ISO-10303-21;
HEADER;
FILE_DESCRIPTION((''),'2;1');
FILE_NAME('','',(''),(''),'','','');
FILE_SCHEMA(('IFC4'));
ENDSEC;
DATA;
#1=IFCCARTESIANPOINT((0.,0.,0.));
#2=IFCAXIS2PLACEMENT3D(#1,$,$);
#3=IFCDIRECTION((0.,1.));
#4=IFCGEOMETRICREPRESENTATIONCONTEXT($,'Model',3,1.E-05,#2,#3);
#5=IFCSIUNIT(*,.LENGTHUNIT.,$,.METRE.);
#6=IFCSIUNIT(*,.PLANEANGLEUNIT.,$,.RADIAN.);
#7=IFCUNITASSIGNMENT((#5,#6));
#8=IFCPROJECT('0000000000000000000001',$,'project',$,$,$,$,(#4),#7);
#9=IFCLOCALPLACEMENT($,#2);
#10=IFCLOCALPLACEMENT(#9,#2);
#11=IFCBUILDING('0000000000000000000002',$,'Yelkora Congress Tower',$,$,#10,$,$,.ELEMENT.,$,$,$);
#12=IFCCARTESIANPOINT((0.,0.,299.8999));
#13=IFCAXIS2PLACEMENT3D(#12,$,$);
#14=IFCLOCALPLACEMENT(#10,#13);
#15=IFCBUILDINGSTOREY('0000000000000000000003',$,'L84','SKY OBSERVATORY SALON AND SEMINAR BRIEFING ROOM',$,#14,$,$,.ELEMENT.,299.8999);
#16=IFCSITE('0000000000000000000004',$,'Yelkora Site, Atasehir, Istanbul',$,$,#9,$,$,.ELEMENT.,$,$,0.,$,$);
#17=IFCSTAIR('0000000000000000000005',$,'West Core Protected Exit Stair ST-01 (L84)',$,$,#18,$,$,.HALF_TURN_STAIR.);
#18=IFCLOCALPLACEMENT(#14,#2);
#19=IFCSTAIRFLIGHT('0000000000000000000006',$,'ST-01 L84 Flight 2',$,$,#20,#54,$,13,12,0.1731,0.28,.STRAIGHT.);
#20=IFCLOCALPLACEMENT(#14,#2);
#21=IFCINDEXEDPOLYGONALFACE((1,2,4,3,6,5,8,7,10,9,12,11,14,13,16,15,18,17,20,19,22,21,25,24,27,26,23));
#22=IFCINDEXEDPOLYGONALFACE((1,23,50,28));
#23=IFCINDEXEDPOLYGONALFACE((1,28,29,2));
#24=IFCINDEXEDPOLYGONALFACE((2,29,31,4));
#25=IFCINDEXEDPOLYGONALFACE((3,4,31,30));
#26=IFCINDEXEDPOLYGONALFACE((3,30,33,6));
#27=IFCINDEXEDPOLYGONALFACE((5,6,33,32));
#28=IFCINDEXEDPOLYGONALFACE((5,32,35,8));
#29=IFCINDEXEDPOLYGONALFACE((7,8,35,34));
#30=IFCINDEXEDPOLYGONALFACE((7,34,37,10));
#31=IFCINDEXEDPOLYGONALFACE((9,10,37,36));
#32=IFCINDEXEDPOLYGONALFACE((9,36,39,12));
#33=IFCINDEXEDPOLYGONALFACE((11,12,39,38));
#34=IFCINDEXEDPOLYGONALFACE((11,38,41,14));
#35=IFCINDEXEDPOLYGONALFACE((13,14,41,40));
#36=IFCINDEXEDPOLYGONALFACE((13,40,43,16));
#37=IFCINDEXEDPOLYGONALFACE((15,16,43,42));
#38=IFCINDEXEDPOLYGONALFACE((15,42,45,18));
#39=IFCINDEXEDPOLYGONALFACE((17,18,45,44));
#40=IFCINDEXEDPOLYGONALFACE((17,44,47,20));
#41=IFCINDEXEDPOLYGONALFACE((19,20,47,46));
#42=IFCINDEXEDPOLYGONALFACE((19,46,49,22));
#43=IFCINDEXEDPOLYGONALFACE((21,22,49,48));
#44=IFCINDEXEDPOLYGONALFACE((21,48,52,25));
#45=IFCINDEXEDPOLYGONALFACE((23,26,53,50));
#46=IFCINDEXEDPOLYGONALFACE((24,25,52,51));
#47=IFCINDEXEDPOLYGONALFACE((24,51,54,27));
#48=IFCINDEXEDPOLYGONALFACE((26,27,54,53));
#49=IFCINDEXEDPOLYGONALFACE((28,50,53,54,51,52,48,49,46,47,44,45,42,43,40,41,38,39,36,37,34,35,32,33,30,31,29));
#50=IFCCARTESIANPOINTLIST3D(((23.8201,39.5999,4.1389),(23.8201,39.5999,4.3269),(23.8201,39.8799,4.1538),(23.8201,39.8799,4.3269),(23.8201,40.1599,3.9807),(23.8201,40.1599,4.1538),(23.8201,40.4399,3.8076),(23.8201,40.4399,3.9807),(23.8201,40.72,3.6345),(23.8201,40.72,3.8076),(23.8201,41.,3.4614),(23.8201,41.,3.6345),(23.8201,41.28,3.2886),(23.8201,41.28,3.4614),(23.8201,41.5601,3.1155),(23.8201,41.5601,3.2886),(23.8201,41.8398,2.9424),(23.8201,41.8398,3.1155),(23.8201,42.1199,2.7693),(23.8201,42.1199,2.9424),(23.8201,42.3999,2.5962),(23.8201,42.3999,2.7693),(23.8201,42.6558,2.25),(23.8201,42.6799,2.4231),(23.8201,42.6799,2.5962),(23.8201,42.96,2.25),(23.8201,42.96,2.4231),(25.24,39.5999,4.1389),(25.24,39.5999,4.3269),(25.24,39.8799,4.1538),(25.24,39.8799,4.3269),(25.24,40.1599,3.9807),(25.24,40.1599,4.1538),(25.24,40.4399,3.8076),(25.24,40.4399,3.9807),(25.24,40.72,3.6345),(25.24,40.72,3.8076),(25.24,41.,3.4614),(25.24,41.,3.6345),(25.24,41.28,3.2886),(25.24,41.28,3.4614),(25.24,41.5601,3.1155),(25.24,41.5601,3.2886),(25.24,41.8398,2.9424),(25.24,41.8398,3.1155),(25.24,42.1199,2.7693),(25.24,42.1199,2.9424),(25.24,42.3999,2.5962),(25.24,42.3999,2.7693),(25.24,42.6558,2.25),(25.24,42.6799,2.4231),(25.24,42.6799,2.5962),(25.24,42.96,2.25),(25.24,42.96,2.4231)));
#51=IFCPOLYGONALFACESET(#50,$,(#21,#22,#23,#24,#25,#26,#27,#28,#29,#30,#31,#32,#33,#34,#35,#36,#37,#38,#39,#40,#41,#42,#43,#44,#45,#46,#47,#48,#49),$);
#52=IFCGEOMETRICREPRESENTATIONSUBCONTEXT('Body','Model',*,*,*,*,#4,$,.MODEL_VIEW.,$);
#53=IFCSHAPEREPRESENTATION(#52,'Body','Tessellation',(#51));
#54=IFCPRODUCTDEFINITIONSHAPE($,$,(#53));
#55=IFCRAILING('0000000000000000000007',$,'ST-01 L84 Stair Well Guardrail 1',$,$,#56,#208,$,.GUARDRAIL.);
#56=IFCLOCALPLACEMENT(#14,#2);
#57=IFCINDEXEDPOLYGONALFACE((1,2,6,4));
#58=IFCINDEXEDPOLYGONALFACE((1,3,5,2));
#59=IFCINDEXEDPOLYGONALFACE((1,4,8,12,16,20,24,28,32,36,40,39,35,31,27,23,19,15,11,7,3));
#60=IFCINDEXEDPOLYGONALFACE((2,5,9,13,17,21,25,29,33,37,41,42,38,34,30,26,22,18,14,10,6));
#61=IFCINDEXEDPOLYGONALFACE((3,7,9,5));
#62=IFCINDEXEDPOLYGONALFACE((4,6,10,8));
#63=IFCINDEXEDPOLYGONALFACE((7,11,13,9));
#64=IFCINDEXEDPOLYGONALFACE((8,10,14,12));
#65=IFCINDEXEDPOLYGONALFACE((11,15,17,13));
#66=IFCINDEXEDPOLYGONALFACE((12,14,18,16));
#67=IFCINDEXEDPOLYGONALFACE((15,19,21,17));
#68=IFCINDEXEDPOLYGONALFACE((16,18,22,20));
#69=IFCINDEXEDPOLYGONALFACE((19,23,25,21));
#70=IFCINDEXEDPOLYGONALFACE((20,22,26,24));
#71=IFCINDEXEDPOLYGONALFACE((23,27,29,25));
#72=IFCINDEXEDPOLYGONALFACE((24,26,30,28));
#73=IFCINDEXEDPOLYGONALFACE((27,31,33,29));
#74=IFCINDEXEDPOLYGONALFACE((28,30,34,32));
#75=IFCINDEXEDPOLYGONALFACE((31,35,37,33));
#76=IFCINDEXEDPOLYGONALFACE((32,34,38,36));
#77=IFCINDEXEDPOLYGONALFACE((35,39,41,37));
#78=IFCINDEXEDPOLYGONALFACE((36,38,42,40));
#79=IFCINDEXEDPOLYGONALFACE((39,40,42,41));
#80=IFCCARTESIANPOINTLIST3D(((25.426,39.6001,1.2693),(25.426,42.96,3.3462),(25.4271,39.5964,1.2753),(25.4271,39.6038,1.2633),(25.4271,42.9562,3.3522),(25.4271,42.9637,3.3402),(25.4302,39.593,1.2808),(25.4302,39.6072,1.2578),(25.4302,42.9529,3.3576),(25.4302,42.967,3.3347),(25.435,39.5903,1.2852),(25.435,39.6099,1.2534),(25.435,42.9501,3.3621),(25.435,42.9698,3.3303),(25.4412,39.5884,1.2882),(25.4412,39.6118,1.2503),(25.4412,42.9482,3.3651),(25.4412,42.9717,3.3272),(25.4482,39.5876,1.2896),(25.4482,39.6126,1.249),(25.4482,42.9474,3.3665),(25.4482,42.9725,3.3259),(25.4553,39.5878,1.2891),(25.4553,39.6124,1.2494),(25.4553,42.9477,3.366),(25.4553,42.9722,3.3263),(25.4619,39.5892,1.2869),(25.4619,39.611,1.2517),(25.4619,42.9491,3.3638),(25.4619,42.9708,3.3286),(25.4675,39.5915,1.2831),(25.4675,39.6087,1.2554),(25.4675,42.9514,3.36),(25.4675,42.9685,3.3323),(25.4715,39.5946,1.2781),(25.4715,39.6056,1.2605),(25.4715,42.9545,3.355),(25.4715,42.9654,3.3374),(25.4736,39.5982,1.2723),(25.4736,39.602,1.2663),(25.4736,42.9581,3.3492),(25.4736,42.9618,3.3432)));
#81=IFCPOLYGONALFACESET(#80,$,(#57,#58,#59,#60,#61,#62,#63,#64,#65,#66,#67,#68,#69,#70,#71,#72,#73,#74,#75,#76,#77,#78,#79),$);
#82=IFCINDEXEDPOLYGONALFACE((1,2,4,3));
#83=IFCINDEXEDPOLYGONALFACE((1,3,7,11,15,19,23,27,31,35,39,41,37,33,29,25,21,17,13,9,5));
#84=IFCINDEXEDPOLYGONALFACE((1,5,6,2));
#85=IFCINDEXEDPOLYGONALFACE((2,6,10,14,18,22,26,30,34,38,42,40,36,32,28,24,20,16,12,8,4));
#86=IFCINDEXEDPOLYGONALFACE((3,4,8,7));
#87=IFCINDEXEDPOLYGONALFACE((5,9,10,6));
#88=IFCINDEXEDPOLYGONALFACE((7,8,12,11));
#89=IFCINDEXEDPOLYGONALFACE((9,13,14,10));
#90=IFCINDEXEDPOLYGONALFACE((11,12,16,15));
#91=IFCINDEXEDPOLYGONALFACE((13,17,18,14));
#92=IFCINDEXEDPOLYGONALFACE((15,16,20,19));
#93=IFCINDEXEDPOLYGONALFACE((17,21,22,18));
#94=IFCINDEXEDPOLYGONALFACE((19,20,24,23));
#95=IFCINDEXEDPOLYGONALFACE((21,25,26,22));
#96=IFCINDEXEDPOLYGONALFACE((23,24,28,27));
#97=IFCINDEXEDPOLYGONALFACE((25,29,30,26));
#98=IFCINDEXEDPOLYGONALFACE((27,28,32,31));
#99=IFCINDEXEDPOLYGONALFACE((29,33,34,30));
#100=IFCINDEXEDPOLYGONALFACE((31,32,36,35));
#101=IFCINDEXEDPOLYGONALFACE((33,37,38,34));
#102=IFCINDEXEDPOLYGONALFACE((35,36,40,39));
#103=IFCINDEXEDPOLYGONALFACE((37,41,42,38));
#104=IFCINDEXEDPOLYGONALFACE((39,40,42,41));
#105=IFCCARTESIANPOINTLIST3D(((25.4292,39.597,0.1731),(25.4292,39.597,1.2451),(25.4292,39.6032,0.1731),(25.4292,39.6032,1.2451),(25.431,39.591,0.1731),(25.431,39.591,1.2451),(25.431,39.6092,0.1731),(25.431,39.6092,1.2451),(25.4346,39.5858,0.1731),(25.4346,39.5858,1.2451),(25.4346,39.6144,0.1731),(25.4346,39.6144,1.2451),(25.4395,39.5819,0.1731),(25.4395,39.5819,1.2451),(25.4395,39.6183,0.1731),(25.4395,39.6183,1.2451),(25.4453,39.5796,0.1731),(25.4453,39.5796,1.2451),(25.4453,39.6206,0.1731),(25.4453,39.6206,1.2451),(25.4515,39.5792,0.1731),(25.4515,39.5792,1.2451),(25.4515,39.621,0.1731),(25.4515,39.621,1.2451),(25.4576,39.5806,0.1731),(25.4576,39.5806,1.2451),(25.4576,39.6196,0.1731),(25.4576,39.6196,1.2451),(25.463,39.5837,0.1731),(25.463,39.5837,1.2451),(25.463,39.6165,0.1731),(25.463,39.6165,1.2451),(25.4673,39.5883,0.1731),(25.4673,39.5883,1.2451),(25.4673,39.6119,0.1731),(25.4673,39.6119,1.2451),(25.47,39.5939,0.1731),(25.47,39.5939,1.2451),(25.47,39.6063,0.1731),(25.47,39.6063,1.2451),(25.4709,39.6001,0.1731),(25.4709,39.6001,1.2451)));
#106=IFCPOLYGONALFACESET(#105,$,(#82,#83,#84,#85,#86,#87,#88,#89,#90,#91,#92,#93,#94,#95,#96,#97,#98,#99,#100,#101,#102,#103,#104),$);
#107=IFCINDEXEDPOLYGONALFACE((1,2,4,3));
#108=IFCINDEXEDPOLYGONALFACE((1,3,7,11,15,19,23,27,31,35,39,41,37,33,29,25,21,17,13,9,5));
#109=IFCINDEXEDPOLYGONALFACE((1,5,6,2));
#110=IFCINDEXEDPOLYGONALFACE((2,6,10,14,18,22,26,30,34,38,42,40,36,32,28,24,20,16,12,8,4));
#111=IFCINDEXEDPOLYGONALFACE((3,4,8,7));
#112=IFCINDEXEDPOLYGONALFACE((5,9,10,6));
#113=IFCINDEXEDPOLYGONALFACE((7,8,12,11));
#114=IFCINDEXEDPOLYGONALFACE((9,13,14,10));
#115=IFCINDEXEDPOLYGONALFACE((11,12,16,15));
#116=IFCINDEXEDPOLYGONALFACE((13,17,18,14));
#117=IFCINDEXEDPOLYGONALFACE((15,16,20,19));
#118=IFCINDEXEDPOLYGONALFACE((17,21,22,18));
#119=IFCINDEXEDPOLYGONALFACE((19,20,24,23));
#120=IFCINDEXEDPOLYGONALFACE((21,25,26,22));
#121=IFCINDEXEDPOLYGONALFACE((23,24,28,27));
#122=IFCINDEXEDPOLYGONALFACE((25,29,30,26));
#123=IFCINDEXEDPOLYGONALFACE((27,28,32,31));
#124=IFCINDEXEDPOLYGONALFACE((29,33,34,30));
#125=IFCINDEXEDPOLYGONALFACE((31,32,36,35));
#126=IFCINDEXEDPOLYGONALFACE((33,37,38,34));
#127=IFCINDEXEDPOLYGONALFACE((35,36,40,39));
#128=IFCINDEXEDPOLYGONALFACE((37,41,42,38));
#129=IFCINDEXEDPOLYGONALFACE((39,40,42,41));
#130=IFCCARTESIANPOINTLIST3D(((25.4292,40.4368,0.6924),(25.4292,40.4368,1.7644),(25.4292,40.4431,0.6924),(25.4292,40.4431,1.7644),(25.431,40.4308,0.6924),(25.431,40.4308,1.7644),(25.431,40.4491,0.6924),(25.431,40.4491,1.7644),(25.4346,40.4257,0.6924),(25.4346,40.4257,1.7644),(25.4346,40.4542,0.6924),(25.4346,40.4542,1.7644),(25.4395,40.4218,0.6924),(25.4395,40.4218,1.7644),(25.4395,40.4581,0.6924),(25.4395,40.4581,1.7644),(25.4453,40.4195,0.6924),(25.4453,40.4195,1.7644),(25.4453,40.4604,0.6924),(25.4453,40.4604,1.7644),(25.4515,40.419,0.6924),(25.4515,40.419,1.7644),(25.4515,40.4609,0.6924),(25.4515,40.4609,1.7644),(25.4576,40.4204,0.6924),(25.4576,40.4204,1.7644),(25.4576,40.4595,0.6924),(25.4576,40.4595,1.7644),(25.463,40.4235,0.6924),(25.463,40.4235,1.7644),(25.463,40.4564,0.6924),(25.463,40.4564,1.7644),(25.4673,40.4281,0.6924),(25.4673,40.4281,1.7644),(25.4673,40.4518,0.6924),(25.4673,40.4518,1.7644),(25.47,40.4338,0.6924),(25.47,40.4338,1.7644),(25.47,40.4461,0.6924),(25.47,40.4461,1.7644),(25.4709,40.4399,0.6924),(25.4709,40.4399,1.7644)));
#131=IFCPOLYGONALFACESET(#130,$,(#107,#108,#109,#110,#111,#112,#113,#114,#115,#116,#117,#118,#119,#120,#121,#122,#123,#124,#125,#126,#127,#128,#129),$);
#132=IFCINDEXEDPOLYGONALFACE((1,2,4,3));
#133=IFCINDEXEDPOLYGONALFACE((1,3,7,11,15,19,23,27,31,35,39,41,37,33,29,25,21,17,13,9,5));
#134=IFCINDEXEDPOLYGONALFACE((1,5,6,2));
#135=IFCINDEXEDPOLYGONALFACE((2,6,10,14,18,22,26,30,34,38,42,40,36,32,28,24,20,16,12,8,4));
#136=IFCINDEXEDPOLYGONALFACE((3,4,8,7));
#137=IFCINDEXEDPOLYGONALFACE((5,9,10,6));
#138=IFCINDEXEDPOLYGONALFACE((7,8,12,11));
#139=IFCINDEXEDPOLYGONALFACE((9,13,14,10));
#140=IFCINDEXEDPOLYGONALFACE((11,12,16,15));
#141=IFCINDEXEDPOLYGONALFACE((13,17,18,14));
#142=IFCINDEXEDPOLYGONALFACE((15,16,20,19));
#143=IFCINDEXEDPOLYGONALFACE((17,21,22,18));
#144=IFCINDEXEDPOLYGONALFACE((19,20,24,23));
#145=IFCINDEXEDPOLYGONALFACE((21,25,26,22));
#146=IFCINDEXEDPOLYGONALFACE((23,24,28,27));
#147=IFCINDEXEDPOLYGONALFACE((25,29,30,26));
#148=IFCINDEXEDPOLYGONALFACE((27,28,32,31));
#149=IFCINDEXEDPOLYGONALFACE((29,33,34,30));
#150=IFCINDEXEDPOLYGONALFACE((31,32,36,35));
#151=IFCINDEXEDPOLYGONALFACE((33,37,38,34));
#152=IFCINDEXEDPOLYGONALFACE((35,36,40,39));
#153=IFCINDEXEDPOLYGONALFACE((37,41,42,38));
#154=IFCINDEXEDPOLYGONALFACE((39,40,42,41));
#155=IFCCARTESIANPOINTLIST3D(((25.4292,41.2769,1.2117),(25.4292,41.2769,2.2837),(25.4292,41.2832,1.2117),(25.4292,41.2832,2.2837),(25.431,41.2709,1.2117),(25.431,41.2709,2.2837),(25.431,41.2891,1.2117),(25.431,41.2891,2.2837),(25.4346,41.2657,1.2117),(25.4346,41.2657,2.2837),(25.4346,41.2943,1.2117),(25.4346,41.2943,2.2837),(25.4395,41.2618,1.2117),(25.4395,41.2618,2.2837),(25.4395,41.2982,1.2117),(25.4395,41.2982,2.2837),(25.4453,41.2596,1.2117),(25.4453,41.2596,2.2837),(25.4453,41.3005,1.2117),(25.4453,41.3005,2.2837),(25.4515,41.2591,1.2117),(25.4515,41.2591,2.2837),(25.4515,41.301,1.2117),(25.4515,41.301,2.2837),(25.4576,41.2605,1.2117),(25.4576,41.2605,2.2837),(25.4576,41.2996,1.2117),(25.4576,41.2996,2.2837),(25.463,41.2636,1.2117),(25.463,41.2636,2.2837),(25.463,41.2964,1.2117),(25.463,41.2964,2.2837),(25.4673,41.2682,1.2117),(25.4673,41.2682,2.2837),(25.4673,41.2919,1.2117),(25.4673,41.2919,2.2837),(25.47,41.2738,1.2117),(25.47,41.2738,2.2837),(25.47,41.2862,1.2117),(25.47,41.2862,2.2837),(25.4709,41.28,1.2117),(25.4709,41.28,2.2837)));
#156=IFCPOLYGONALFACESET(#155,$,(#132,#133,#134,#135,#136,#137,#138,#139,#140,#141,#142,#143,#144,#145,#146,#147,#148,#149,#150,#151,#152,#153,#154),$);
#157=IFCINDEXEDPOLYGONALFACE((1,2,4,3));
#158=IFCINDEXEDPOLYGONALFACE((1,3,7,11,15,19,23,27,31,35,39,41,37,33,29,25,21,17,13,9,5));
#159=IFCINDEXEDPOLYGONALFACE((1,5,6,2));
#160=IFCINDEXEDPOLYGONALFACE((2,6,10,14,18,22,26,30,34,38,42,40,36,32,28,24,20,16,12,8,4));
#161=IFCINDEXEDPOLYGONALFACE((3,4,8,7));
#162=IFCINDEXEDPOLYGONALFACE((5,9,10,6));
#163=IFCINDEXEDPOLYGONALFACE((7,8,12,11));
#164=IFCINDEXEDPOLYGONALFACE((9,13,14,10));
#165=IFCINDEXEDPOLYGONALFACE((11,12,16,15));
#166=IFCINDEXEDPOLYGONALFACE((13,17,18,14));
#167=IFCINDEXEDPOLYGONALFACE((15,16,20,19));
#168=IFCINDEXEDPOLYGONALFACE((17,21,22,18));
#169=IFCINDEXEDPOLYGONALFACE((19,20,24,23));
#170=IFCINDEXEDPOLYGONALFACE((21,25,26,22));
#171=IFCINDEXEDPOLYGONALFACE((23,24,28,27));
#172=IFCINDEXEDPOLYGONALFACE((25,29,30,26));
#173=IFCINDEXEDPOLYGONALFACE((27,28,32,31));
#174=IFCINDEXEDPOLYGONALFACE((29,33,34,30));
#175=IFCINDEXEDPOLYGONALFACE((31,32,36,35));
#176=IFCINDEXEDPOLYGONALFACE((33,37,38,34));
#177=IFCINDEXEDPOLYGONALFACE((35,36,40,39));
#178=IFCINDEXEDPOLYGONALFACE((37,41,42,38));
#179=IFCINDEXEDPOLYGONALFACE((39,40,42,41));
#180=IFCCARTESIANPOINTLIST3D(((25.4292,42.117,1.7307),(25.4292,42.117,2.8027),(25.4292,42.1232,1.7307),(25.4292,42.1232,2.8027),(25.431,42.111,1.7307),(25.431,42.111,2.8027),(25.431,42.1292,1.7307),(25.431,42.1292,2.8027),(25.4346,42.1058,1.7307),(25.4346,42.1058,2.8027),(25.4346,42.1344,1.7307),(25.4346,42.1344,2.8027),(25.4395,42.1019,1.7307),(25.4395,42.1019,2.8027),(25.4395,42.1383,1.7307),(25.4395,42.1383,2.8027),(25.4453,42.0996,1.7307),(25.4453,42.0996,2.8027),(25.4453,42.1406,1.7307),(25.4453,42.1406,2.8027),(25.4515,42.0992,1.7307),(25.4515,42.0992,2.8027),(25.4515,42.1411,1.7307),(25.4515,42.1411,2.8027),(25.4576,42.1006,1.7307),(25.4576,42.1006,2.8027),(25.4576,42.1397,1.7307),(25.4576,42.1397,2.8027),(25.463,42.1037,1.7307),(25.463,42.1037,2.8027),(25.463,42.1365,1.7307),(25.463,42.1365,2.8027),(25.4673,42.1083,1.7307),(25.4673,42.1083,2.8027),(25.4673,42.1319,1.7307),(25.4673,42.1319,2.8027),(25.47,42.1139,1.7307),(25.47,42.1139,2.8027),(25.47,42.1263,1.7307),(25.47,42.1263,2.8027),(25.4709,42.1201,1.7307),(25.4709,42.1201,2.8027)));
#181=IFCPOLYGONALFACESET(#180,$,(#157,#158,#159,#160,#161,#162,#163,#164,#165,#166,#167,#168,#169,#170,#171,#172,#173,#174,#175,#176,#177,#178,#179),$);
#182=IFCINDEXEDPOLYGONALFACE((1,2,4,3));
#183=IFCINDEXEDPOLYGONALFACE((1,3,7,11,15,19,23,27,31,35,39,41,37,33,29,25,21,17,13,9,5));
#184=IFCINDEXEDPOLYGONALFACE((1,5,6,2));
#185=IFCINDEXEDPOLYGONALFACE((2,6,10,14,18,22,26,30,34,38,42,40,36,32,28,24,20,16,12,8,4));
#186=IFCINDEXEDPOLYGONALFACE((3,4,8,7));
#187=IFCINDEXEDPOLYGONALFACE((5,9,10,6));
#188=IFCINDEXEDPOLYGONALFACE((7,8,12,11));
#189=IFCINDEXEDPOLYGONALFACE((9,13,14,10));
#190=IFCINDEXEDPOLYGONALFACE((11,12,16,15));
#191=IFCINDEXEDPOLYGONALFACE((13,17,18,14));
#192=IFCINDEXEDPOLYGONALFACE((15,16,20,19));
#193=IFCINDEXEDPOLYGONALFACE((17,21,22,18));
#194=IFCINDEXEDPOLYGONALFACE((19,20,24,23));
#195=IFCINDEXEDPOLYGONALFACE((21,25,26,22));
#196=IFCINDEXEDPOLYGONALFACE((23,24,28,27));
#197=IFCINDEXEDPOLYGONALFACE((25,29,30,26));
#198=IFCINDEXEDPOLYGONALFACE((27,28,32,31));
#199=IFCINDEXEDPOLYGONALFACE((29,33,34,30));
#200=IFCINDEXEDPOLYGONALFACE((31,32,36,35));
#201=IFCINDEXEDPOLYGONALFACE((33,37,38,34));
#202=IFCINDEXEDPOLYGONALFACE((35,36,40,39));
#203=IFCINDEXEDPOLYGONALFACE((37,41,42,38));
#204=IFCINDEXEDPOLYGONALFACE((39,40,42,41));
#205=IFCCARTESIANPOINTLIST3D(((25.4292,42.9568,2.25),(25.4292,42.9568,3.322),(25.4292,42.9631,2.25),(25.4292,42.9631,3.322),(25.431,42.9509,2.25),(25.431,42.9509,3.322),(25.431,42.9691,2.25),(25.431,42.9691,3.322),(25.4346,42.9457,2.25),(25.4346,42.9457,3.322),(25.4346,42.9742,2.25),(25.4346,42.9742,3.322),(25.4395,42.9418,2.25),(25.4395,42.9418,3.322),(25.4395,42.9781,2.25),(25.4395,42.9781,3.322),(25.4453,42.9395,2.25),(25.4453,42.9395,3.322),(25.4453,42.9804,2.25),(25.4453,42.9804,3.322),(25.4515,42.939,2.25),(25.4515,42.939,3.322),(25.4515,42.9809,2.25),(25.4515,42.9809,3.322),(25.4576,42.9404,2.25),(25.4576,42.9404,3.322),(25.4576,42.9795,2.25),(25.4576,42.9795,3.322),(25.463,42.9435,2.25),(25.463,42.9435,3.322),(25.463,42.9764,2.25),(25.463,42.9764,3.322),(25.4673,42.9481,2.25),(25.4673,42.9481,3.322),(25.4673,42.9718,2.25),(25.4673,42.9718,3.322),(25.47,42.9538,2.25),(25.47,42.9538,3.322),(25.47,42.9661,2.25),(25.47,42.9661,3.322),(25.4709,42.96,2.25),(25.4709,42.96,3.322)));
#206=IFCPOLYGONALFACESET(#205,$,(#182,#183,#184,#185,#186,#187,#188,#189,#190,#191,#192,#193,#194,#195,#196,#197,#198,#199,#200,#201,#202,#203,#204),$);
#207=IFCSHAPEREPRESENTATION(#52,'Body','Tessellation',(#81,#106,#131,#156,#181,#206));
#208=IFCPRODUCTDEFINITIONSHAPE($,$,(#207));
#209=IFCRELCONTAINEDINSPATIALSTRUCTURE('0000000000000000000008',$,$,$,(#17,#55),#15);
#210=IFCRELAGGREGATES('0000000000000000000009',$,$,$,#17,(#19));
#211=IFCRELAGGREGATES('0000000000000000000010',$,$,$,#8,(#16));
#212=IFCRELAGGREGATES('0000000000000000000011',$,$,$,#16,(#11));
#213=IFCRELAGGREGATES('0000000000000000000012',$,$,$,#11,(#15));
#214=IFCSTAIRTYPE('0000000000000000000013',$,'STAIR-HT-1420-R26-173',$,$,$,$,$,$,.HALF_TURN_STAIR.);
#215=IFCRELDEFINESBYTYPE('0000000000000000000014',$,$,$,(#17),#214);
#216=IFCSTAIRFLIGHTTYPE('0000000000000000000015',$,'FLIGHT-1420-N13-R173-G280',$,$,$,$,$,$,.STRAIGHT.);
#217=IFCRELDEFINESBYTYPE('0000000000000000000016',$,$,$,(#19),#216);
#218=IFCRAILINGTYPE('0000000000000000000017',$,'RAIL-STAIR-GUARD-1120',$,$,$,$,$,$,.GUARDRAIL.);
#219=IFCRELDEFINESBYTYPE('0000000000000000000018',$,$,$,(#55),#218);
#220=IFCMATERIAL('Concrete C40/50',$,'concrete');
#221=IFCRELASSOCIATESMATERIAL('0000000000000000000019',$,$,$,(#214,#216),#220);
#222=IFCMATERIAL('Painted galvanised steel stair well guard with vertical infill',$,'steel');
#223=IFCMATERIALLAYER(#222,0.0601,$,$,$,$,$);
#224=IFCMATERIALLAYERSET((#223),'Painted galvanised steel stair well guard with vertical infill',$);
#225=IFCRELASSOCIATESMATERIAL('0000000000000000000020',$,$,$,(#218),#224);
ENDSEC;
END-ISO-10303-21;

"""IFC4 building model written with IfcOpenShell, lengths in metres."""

from ifc_helpers import new_model, si_unit, direction, frame, origin, origin_2d, place, context, subcontext, project, spatial, polyline, circle, outline, extrude, material, layer, layer_set, type_object, element, aggregate, save


model = new_model("IFC4")

# Units and contexts
model_context = context("Model", 3, precision=1e-05, world=origin(), true_north=direction((0.0, 1.0)))
body_context = subcontext(model_context, "Body", "Model", "MODEL_VIEW")
ifc_project = project(units=[si_unit("LENGTHUNIT", "METRE"), si_unit("PLANEANGLEUNIT", "RADIAN")], contexts=[model_context])

# Site, building, storey
site_placement = place(None, origin())
site = spatial("IfcSite", under=ifc_project, at=site_placement, Name="Yelkora Site, Atasehir, Istanbul", CompositionType="ELEMENT", RefElevation=0.0)
building_placement = place(site_placement, origin())
building = spatial("IfcBuilding", under=site, at=building_placement, Name="Yelkora Congress Tower", CompositionType="ELEMENT")
storey_placement = place(building_placement, frame((0.0, 0.0, 299.8999)))
storey = spatial("IfcBuildingStorey", under=building, at=storey_placement, Name="L84", Description="SKY OBSERVATORY SALON AND SEMINAR BRIEFING ROOM", CompositionType="ELEMENT", Elevation=299.8999)

# Stair, stair flight
ifc_material_1 = material(Name="Concrete C40/50", Category="concrete")
stair_type = type_object("IfcStairType", Name="STAIR-HT-1420-R26-173", PredefinedType="HALF_TURN_STAIR", material=ifc_material_1)
stair_placement = place(storey_placement, origin())
stair = element("IfcStair", 1, at=stair_placement, inside=storey, type_object=stair_type, Name="West Core Protected Exit Stair ST-01 (L84)", PredefinedType="HALF_TURN_STAIR")
stair_flight_type = type_object("IfcStairFlightType", Name="FLIGHT-1420-N13-R173-G280", PredefinedType="STRAIGHT", material=ifc_material_1)
stair_flight_1_placement = place(storey_placement, frame((24.53, 42.96, 2.25), z_axis=(0.0, 0.0, 1.0), x_axis=(0.0, -1.0, 0.0)))
stair_flight_1 = element("IfcStairFlight", 2, at=stair_flight_1_placement, type_object=stair_flight_type, Name="ST-01 L84 Flight 2", NumberOfRisers=13, NumberOfTreads=12, PredefinedType="STRAIGHT", RiserHeight=0.1731, TreadLength=0.28, context=body_context, shape_type="SweptSolid", body=[
    extrude(outline(polyline([(0.0, 0.0), (0.0, 0.1731), (0.28, 0.1731), (0.28, 0.3462), (0.5601, 0.3462), (0.5601, 0.5193), (0.8401, 0.5193), (0.8401, 0.6924), (1.1201, 0.6924), (1.1201, 0.8655), (1.3999, 0.8655), (1.3999, 1.0386), (1.6799, 1.0386), (1.6799, 1.2114), (1.96, 1.2114), (1.96, 1.3845), (2.24, 1.3845), (2.24, 1.5576), (2.52, 1.5576), (2.52, 1.7307), (2.8, 1.7307), (2.8, 1.9038), (3.0801, 1.9038), (3.0801, 2.0769), (3.3601, 2.0769), (3.3601, 2.25), (3.3601, 1.8889), (0.3042, 0.0), (0.0, 0.0)])), frame((0.0, 0.71, 0.0), z_axis=(0.0, -1.0, 0.0), x_axis=(1.0, 0.0, 0.0)), (0.0, 0.0, 1.0), 1.4199),
])
aggregate(stair, [stair_flight_1])

# Railing
ifc_material_2 = material(Name="Painted galvanised steel stair well guard with vertical infill", Category="steel")
ifc_layer_1 = layer(ifc_material_2, 0.0601)
ifc_layer_set_1 = layer_set([ifc_layer_1], Name="Painted galvanised steel stair well guard with vertical infill")
railing_type_1 = type_object("IfcRailingType", Name="RAIL-STAIR-GUARD-1120", PredefinedType="GUARDRAIL", material=ifc_layer_set_1)
railing_1_placement = place(storey_placement, frame((25.45, 39.6001, 0.1731)))
element("IfcRailing", 3, at=railing_1_placement, inside=storey, type_object=railing_type_1, Name="ST-01 L84 Stair Well Guardrail 1", PredefinedType="GUARDRAIL", context=body_context, shape_type="SweptSolid", body=[
    extrude(circle(Radius=0.0239, at=origin_2d()), frame((0.0, 0.0, 1.0962), z_axis=(0.0, 0.850606, 0.525803), x_axis=(-1.0, 0.0, 0.0)), (0.0, 0.0, 1.0), 3.95),
    extrude(circle(Radius=0.021, at=origin_2d()), origin(), (0.0, 0.0, 1.0), 1.072),
    extrude(circle(Radius=0.021, at=origin_2d()), frame((0.0, 0.8398, 0.5193)), (0.0, 0.0, 1.0), 1.072),
    extrude(circle(Radius=0.021, at=origin_2d()), frame((0.0, 1.6799, 1.0386)), (0.0, 0.0, 1.0), 1.072),
    extrude(circle(Radius=0.021, at=origin_2d()), frame((0.0, 2.52, 1.5576)), (0.0, 0.0, 1.0), 1.072),
    extrude(circle(Radius=0.021, at=origin_2d()), frame((0.0, 3.3599, 2.0769)), (0.0, 0.0, 1.0), 1.072),
])

save(model, "model.ifc")
